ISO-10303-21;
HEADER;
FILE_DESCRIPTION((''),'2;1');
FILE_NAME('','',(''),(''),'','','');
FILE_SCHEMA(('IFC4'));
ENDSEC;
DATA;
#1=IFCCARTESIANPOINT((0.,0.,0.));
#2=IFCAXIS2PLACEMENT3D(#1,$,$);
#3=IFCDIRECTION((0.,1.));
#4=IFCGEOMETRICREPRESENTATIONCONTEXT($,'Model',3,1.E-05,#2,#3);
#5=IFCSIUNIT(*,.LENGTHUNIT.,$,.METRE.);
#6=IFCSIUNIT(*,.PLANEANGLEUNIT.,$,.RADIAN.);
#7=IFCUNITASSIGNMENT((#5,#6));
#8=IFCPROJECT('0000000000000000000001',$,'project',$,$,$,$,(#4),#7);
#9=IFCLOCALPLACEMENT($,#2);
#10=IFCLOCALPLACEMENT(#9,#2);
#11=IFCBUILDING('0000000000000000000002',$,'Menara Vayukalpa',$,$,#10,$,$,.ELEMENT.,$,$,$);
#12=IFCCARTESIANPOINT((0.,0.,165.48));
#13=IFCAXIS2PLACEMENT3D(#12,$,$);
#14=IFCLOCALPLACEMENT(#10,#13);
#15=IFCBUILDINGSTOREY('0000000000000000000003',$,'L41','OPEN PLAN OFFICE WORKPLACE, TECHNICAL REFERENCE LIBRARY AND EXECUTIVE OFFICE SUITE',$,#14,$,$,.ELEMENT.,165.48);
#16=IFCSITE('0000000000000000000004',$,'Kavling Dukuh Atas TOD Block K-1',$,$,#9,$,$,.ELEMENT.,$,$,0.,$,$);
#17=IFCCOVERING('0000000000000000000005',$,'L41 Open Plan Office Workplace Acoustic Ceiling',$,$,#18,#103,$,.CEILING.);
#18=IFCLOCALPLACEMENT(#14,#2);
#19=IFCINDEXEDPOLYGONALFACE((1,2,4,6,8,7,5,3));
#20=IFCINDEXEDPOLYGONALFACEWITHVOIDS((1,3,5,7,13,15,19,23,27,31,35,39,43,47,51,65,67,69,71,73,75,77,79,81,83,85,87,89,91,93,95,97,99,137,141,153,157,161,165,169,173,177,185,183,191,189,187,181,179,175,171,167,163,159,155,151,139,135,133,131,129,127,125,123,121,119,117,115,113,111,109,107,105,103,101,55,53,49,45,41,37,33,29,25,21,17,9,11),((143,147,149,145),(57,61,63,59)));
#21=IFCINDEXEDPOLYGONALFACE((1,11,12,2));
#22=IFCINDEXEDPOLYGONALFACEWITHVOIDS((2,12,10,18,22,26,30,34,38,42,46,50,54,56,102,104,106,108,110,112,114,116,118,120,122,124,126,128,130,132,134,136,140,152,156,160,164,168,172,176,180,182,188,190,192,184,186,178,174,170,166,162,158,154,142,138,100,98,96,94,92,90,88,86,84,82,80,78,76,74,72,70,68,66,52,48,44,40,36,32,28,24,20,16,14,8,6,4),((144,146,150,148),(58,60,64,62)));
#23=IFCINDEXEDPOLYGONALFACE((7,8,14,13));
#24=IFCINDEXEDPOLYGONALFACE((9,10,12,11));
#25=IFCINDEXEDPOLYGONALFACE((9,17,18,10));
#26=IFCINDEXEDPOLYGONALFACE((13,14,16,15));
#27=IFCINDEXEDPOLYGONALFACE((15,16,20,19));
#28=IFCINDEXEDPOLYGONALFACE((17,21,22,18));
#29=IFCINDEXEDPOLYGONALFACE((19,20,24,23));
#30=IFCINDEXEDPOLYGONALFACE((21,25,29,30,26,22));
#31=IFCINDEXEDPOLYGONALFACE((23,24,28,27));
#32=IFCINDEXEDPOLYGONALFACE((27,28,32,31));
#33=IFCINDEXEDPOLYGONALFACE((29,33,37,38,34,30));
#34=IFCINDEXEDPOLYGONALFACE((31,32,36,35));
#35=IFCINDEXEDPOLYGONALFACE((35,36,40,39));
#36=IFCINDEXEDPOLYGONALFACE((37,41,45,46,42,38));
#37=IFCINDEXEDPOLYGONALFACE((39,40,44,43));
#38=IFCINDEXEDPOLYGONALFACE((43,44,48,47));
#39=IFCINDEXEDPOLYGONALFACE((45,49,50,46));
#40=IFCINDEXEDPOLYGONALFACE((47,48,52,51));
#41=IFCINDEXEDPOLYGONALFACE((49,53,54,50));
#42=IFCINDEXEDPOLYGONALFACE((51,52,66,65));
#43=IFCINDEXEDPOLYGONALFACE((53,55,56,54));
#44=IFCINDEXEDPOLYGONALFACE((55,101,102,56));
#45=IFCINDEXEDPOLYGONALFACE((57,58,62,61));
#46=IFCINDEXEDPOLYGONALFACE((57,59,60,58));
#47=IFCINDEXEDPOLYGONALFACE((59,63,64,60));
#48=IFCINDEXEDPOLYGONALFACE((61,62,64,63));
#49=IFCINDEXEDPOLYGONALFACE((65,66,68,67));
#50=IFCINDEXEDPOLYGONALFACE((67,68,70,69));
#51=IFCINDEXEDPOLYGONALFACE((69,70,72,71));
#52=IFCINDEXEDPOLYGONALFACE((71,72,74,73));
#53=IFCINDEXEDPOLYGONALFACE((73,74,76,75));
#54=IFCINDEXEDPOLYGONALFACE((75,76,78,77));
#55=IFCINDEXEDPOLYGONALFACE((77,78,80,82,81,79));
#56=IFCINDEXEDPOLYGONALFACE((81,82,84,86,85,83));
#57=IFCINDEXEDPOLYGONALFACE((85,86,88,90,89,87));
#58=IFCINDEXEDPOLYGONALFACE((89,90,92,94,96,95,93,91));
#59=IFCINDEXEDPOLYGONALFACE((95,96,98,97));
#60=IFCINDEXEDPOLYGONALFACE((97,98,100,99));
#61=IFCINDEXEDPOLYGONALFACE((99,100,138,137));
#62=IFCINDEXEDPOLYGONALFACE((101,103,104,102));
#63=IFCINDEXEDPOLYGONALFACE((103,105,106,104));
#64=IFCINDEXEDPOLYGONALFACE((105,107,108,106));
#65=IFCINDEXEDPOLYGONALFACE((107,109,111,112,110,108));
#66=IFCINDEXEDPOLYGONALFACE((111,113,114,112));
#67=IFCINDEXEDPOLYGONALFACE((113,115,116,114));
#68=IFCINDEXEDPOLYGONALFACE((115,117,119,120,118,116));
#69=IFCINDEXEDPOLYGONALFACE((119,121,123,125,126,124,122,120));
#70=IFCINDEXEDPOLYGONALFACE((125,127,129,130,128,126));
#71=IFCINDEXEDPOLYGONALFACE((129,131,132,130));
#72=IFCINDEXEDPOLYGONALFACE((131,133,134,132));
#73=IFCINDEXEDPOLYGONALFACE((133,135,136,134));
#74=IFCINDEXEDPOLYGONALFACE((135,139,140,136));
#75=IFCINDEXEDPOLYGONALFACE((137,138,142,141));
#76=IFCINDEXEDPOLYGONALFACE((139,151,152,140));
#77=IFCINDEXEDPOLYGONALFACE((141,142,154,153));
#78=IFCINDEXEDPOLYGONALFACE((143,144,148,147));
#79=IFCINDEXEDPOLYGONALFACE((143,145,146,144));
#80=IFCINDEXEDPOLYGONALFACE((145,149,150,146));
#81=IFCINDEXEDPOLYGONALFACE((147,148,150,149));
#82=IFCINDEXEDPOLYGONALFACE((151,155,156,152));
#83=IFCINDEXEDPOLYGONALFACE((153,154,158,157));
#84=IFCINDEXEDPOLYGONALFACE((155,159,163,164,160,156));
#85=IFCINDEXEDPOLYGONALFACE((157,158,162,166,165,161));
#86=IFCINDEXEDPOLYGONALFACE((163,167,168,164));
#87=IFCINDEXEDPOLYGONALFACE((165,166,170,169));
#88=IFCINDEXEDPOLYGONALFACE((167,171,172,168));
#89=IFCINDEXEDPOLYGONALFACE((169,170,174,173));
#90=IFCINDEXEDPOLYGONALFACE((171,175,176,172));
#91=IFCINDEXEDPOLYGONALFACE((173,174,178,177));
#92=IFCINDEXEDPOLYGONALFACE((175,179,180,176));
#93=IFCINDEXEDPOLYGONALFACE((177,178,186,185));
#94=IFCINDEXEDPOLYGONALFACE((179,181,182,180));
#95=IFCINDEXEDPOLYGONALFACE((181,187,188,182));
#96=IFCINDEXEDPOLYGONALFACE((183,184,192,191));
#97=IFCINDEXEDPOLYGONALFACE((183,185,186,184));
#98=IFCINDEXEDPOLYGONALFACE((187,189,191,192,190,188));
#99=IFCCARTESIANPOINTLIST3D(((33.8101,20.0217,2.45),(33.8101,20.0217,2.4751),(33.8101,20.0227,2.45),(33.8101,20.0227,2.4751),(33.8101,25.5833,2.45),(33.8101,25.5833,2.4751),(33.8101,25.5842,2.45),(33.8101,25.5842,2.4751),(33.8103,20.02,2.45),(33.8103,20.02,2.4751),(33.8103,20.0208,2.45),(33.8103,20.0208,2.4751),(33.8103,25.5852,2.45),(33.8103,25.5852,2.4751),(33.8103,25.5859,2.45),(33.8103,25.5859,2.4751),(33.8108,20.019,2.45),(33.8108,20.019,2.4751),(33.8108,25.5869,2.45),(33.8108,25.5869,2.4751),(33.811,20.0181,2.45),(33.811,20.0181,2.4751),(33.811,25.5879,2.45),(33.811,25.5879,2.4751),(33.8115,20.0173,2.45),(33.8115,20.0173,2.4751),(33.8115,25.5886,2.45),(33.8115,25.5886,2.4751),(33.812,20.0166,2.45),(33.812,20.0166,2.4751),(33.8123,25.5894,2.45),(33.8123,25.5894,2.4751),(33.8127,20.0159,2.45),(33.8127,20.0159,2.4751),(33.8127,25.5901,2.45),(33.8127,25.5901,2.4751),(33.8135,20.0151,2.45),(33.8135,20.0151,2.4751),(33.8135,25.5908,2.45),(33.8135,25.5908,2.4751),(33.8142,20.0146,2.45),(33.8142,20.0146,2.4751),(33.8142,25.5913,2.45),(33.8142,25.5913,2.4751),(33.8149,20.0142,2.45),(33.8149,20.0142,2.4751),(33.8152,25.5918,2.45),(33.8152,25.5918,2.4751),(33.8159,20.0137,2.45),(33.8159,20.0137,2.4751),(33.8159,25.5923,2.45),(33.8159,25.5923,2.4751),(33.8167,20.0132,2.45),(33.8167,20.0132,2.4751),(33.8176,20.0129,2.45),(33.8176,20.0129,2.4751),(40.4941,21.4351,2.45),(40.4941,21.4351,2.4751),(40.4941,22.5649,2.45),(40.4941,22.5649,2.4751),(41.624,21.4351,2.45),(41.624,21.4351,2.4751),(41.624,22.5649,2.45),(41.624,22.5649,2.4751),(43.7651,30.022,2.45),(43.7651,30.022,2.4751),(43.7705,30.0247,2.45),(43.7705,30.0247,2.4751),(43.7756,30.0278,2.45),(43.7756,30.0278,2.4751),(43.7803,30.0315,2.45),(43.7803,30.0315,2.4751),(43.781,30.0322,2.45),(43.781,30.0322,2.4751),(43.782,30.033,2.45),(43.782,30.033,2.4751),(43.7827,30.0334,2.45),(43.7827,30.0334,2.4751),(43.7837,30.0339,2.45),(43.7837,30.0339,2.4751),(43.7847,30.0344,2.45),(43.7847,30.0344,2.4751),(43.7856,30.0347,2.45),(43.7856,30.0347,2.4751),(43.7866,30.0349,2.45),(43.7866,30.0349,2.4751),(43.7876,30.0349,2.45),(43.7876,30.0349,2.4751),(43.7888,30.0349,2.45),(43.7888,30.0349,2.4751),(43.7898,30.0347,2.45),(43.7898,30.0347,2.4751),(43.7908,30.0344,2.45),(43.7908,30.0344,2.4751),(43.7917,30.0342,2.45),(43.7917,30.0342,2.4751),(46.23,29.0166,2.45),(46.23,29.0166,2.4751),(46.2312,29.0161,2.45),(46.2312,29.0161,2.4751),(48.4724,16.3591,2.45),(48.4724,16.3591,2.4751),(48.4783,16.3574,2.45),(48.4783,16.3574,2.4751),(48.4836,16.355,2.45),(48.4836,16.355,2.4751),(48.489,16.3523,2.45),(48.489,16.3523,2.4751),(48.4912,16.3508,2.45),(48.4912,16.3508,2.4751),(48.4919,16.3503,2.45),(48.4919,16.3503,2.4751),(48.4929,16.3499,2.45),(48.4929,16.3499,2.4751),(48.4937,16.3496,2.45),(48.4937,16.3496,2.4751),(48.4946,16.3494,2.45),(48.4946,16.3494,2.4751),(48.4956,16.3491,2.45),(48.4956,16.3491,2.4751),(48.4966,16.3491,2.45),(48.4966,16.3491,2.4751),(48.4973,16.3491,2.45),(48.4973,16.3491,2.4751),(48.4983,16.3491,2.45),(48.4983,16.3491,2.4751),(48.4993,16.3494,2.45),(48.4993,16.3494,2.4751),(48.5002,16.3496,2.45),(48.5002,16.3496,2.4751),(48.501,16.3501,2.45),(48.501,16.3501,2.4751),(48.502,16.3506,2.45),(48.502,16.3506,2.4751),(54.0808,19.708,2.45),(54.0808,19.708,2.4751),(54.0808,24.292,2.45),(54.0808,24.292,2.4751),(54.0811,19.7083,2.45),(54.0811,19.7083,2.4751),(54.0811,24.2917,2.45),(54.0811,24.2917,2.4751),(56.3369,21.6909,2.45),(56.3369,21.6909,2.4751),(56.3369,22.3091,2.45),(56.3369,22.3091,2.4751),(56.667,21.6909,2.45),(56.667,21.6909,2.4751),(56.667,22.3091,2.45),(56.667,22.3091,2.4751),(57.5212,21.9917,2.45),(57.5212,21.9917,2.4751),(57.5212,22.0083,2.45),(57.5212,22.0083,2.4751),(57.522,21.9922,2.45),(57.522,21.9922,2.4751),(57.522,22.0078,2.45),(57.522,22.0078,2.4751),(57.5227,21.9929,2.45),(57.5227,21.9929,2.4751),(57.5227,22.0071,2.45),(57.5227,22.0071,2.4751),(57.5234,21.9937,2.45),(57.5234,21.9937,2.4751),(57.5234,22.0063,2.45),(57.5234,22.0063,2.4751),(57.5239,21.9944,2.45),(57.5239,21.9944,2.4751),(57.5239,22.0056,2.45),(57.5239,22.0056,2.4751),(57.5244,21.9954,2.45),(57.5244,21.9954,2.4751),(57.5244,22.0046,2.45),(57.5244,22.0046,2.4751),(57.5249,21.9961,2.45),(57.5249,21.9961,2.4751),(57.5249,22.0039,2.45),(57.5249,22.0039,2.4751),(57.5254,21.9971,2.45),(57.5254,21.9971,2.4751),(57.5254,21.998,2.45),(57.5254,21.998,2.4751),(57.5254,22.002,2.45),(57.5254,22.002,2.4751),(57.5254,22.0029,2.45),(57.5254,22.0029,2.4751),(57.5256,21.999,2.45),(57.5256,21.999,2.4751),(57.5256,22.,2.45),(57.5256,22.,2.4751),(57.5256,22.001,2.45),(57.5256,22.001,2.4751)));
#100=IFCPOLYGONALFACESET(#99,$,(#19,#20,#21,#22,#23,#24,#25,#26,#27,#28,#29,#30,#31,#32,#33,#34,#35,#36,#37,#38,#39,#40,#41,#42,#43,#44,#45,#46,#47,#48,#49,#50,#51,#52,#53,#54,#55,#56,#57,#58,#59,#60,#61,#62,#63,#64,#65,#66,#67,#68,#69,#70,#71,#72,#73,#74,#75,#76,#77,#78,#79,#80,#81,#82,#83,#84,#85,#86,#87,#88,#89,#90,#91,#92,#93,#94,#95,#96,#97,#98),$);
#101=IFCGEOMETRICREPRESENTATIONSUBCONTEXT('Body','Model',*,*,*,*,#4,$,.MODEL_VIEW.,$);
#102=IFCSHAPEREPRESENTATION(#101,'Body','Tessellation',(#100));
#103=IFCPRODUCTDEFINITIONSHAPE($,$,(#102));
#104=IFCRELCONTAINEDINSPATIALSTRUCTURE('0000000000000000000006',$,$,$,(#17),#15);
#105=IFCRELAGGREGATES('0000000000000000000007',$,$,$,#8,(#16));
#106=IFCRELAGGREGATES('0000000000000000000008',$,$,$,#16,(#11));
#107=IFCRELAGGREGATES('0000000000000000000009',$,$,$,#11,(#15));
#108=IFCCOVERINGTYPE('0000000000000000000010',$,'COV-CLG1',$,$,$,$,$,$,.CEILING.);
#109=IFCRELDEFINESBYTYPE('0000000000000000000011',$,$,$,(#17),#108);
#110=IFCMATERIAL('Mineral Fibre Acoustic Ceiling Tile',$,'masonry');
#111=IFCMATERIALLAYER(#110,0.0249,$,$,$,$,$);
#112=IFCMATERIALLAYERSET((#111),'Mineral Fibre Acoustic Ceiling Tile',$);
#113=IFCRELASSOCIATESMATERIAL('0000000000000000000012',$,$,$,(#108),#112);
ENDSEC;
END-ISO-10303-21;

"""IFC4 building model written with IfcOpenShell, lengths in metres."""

from ifc_helpers import new_model, si_unit, direction, frame, origin, place, context, subcontext, project, spatial, polyline, outline, extrude, material, layer, layer_set, type_object, element, save


model = new_model("IFC4")

# Units and contexts
model_context = context("Model", 3, precision=1e-05, world=origin(), true_north=direction((0.0, 1.0)))
body_context = subcontext(model_context, "Body", "Model", "MODEL_VIEW")
ifc_project = project(units=[si_unit("LENGTHUNIT", "METRE"), si_unit("PLANEANGLEUNIT", "RADIAN")], contexts=[model_context])

# Site, building, storey
site_placement = place(None, origin())
site = spatial("IfcSite", under=ifc_project, at=site_placement, Name="Kavling Dukuh Atas TOD Block K-1", CompositionType="ELEMENT", RefElevation=0.0)
building_placement = place(site_placement, origin())
building = spatial("IfcBuilding", under=site, at=building_placement, Name="Menara Vayukalpa", CompositionType="ELEMENT")
storey_placement = place(building_placement, frame((0.0, 0.0, 165.48)))
storey = spatial("IfcBuildingStorey", under=building, at=storey_placement, Name="L41", Description="OPEN PLAN OFFICE WORKPLACE, TECHNICAL REFERENCE LIBRARY AND EXECUTIVE OFFICE SUITE", CompositionType="ELEMENT", Elevation=165.48)

# Covering
ifc_material_1 = material(Name="Mineral Fibre Acoustic Ceiling Tile", Category="masonry")
ifc_layer_1 = layer(ifc_material_1, 0.0249)
ifc_layer_set_1 = layer_set([ifc_layer_1], Name="Mineral Fibre Acoustic Ceiling Tile")
covering_type_1 = type_object("IfcCoveringType", Name="COV-CLG1", PredefinedType="CEILING", material=ifc_layer_set_1)
covering_1_placement = place(storey_placement, frame((0.0, 0.0, 2.45)))
element("IfcCovering", 1, at=covering_1_placement, inside=storey, type_object=covering_type_1, Name="L41 Open Plan Office Workplace Acoustic Ceiling", PredefinedType="CEILING", context=body_context, shape_type="SweptSolid", body=[
    extrude(outline(polyline([(54.0811, 24.2917), (57.5212, 22.0083), (57.522, 22.0078), (57.5227, 22.0071), (57.5234, 22.0063), (57.5239, 22.0056), (57.5244, 22.0046), (57.5249, 22.0039), (57.5254, 22.0029), (57.5254, 22.002), (57.5256, 22.001), (57.5256, 22.0), (57.5256, 21.999), (57.5254, 21.998), (57.5254, 21.9971), (57.5249, 21.9961), (57.5244, 21.9954), (57.5239, 21.9944), (57.5234, 21.9937), (57.5227, 21.9929), (57.522, 21.9922), (57.5212, 21.9917), (54.0811, 19.7083), (54.0808, 19.708), (48.502, 16.3506), (48.501, 16.3501), (48.5002, 16.3496), (48.4993, 16.3494), (48.4983, 16.3491), (48.4973, 16.3491), (48.4966, 16.3491), (48.4956, 16.3491), (48.4946, 16.3494), (48.4937, 16.3496), (48.4929, 16.3499), (48.4919, 16.3503), (48.4912, 16.3508), (48.489, 16.3523), (48.4836, 16.355), (48.4783, 16.3574), (48.4724, 16.3591), (33.8176, 20.0129), (33.8167, 20.0132), (33.8159, 20.0137), (33.8149, 20.0142), (33.8142, 20.0146), (33.8135, 20.0151), (33.8127, 20.0159), (33.812, 20.0166), (33.8115, 20.0173), (33.811, 20.0181), (33.8108, 20.019), (33.8103, 20.02), (33.8103, 20.0208), (33.8101, 20.0217), (33.8101, 20.0227), (33.8101, 25.5833), (33.8101, 25.5842), (33.8103, 25.5852), (33.8103, 25.5859), (33.8108, 25.5869), (33.811, 25.5879), (33.8115, 25.5886), (33.8123, 25.5894), (33.8127, 25.5901), (33.8135, 25.5908), (33.8142, 25.5913), (33.8152, 25.5918), (33.8159, 25.5923), (43.7651, 30.022), (43.7705, 30.0247), (43.7756, 30.0278), (43.7803, 30.0315), (43.781, 30.0322), (43.782, 30.033), (43.7827, 30.0334), (43.7837, 30.0339), (43.7847, 30.0344), (43.7856, 30.0347), (43.7866, 30.0349), (43.7876, 30.0349), (43.7888, 30.0349), (43.7898, 30.0347), (43.7908, 30.0344), (43.7917, 30.0342), (46.23, 29.0166), (46.2312, 29.0161), (54.0808, 24.292), (54.0811, 24.2917)]), holes=[polyline([(41.624, 22.5649), (40.4941, 22.5649), (40.4941, 21.4351), (41.624, 21.4351), (41.624, 22.5649)]), polyline([(56.667, 22.3091), (56.3369, 22.3091), (56.3369, 21.6909), (56.667, 21.6909), (56.667, 22.3091)])]), origin(), (0.0, 0.0, 1.0), 0.0251),
])

save(model, "model.ifc")
